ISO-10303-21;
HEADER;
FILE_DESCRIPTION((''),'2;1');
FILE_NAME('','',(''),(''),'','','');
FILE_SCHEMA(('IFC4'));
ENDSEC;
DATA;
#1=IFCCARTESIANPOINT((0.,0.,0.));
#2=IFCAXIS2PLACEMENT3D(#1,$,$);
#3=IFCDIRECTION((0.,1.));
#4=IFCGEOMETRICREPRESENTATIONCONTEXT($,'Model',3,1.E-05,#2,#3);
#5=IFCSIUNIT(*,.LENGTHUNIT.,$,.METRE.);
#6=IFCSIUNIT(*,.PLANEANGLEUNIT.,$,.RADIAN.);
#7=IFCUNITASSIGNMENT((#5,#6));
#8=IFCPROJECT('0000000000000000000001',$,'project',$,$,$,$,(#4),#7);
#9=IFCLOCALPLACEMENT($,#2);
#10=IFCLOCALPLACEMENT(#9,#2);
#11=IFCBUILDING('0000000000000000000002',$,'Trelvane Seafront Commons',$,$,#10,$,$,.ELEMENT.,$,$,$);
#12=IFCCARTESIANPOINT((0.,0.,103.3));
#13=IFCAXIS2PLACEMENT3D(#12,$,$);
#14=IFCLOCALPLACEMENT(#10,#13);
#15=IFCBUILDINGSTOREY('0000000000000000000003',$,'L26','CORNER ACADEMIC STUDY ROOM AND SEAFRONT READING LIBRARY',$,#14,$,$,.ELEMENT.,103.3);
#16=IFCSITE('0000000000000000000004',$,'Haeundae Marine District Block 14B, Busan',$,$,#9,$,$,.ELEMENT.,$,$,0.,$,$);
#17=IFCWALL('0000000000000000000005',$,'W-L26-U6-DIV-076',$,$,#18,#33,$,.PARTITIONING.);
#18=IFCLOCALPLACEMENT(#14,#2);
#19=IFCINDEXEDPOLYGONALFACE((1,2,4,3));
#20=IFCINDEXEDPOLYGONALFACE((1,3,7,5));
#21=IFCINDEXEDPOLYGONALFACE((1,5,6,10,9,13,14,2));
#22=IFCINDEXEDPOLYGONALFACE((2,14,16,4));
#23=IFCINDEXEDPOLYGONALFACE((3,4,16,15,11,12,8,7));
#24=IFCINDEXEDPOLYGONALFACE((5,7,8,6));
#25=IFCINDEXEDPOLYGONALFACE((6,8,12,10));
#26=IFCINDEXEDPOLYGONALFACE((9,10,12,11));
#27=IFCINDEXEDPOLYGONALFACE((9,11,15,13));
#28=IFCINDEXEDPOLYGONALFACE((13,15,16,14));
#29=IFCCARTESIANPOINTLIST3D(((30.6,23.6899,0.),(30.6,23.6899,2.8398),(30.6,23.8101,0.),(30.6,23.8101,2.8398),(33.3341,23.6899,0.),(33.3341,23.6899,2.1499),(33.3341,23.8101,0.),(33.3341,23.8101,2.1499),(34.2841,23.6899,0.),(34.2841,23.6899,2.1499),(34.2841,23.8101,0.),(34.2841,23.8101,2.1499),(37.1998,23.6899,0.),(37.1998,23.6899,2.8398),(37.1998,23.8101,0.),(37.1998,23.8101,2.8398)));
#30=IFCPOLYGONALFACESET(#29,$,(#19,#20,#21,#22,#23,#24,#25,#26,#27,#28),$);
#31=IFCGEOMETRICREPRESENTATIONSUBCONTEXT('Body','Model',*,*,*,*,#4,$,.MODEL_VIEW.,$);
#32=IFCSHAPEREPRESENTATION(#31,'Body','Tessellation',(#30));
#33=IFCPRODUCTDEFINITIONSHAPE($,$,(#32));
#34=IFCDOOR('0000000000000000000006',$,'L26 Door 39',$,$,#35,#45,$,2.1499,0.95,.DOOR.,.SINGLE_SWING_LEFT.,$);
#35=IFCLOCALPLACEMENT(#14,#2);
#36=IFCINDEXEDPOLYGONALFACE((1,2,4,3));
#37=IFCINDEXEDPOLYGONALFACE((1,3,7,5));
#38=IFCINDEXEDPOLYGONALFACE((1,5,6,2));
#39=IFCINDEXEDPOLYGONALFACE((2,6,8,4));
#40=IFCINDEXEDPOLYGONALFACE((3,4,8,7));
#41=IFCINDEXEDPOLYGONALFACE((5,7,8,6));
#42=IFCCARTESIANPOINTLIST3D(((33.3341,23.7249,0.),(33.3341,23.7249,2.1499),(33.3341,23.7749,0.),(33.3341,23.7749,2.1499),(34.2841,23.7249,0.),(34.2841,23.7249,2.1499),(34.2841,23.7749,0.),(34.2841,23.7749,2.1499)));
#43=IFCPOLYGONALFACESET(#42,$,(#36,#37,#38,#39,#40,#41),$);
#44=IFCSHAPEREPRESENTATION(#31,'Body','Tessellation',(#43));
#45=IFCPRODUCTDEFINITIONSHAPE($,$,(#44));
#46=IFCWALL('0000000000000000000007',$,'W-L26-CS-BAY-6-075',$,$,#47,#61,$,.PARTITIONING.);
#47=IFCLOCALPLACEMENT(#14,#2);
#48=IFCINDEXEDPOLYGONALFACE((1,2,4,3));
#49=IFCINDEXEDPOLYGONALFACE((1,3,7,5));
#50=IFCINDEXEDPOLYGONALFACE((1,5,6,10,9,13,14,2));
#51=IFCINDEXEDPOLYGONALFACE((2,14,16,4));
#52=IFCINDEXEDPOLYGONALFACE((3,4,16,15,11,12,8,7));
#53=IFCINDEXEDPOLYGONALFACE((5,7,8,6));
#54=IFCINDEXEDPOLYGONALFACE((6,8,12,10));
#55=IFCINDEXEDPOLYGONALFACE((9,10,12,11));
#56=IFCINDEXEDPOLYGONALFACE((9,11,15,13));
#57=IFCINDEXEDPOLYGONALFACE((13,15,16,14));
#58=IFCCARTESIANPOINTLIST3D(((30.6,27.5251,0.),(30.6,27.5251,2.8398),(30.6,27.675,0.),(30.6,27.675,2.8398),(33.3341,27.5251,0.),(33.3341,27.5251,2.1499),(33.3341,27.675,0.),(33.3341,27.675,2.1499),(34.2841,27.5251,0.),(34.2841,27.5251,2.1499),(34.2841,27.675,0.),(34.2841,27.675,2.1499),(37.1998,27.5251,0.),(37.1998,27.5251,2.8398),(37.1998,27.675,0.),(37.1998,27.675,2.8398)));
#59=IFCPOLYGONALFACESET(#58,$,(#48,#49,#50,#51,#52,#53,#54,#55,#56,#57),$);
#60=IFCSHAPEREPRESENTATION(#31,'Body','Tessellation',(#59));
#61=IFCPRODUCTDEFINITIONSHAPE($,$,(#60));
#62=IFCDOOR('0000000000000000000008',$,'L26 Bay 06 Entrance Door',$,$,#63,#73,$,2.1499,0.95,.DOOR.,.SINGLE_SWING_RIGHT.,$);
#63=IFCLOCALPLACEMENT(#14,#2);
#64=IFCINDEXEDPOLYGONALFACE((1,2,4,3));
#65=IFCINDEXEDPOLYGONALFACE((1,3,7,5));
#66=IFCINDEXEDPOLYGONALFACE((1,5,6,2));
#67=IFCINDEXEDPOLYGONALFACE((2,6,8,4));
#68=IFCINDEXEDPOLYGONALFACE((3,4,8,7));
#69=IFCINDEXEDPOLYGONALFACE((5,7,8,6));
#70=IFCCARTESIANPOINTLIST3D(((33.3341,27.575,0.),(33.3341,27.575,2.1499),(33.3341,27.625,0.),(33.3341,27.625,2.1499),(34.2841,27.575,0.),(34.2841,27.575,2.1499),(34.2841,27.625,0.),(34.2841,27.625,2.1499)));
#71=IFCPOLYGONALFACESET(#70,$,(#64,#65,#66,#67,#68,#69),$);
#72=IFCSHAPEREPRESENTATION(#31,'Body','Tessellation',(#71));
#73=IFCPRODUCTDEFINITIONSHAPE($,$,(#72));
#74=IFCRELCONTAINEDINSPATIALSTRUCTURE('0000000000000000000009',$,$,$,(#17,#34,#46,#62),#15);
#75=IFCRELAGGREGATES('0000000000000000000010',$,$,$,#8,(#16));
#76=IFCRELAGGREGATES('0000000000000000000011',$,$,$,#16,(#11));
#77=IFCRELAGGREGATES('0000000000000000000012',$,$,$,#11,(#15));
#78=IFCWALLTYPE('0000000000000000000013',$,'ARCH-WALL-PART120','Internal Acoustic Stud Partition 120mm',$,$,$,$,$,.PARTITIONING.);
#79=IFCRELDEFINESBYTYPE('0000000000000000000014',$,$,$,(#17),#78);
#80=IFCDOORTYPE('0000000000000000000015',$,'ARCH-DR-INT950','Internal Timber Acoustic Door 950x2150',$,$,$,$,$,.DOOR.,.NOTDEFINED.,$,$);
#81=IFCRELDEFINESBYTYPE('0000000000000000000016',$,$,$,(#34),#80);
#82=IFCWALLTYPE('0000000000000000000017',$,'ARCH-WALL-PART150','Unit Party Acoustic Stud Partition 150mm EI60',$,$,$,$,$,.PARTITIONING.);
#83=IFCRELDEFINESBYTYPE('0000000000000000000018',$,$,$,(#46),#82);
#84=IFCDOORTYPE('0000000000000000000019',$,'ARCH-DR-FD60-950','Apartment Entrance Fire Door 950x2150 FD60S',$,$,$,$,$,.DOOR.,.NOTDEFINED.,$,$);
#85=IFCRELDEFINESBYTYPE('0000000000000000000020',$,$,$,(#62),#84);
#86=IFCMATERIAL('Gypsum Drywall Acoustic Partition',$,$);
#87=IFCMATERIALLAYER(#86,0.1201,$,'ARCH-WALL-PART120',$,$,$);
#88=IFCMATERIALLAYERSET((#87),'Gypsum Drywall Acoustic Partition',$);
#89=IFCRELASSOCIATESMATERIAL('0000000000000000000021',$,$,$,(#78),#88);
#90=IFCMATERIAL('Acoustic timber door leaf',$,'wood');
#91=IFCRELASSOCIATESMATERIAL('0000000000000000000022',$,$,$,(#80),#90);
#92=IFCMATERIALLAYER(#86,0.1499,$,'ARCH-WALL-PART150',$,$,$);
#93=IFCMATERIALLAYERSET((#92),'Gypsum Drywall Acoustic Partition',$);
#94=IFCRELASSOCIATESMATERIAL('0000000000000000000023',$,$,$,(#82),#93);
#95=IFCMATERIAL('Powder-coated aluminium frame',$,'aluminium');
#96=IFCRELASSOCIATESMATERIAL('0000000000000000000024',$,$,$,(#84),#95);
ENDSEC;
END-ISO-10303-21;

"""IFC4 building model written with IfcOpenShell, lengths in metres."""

from ifc_helpers import new_model, si_unit, direction, frame, frame_2d, origin, place, context, subcontext, project, spatial, rectangle, extrude, source, transform, mapped, material, layer, layer_set, type_object, element, fill, save


model = new_model("IFC4")

# Units and contexts
model_context = context("Model", 3, precision=1e-05, world=origin(), true_north=direction((0.0, 1.0)))
body_context = subcontext(model_context, "Body", "Model", "MODEL_VIEW")
ifc_project = project(units=[si_unit("LENGTHUNIT", "METRE"), si_unit("PLANEANGLEUNIT", "RADIAN")], contexts=[model_context])

# Site, building, storey
site_placement = place(None, origin())
site = spatial("IfcSite", under=ifc_project, at=site_placement, Name="Haeundae Marine District Block 14B, Busan", CompositionType="ELEMENT", RefElevation=0.0)
building_placement = place(site_placement, origin())
building = spatial("IfcBuilding", under=site, at=building_placement, Name="Trelvane Seafront Commons", CompositionType="ELEMENT")
storey_placement = place(building_placement, frame((0.0, 0.0, 103.3)))
storey = spatial("IfcBuildingStorey", under=building, at=storey_placement, Name="L26", Description="CORNER ACADEMIC STUDY ROOM AND SEAFRONT READING LIBRARY", CompositionType="ELEMENT", Elevation=103.3)

# Shared definitions
ifc_material_1 = material(Name="Gypsum Drywall Acoustic Partition")
ifc_layer_1 = layer(ifc_material_1, 0.1201, Name="ARCH-WALL-PART120")
ifc_layer_set_1 = layer_set([ifc_layer_1], Name="Gypsum Drywall Acoustic Partition")
wall_type_1 = type_object("IfcWallType", Name="ARCH-WALL-PART120", Description="Internal Acoustic Stud Partition 120mm", PredefinedType="PARTITIONING", material=ifc_layer_set_1)

# Walls, openings, doors
ifc_material_2 = material(Name="Acoustic timber door leaf", Category="wood")
door_type_1 = type_object("IfcDoorType", Name="ARCH-DR-INT950", Description="Internal Timber Acoustic Door 950x2150", OperationType="NOTDEFINED", PredefinedType="DOOR", material=ifc_material_2)
shared_shape_1 = source(origin(), body_context, "Body", "SweptSolid", [
    extrude(rectangle(XDim=0.95, YDim=2.1499, at=frame_2d((0.4751, 1.075))), frame((0.0, 0.0249, 0.0), z_axis=(0.0, -1.0, 0.0), x_axis=(1.0, 0.0, 0.0)), (0.0, 0.0, 1.0), 0.05),
])
wall_1_placement = place(storey_placement, frame((30.6001, 23.75, 0.0), z_axis=(0.0, 0.0, 1.0), x_axis=(1.0, 0.0, 0.0)))
wall_1 = element("IfcWall", 1, at=wall_1_placement, inside=storey, type_object=wall_type_1, Name="W-L26-U6-DIV-076", PredefinedType="PARTITIONING", context=body_context, shape_type="SweptSolid", body=[
    extrude(rectangle(XDim=6.5999, YDim=0.1201, at=frame_2d((3.2998, 0.0))), origin(), (0.0, 0.0, 1.0), 2.8398),
])
opening_1_placement = place(wall_1_placement, frame((2.7339, 0.0, 0.0)))
opening_1 = element("IfcOpeningElement", 2, at=opening_1_placement, cuts=wall_1, PredefinedType="OPENING", context=body_context, shape_type="SweptSolid", body=[
    extrude(rectangle(XDim=0.95, YDim=2.1499, at=frame_2d((0.4751, 1.075))), frame((0.0, 0.0701, 0.0), z_axis=(0.0, -1.0, 0.0), x_axis=(1.0, 0.0, 0.0)), (0.0, 0.0, 1.0), 0.1401),
])
door_1_placement = place(opening_1_placement, origin())
door_1 = element("IfcDoor", 3, at=door_1_placement, inside=storey, type_object=door_type_1, Name="L26 Door 39", OperationType="SINGLE_SWING_LEFT", OverallHeight=2.1499, OverallWidth=0.95, PredefinedType="DOOR", context=body_context, shape_type="MappedRepresentation", body=[
    mapped(shared_shape_1, transform((0.0, 0.0, 0.0), x_axis=(1.0, 0.0, 0.0), y_axis=(0.0, 1.0, 0.0), z_axis=(0.0, 0.0, 1.0), scale=1.0)),
])
fill(opening_1, door_1)
ifc_layer_2 = layer(ifc_material_1, 0.1499, Name="ARCH-WALL-PART150")
ifc_layer_set_2 = layer_set([ifc_layer_2], Name="Gypsum Drywall Acoustic Partition")
wall_type_2 = type_object("IfcWallType", Name="ARCH-WALL-PART150", Description="Unit Party Acoustic Stud Partition 150mm EI60", PredefinedType="PARTITIONING", material=ifc_layer_set_2)
ifc_material_3 = material(Name="Powder-coated aluminium frame", Category="aluminium")
door_type_2 = type_object("IfcDoorType", Name="ARCH-DR-FD60-950", Description="Apartment Entrance Fire Door 950x2150 FD60S", OperationType="NOTDEFINED", PredefinedType="DOOR", material=ifc_material_3)
wall_2_placement = place(storey_placement, frame((30.6001, 27.6001, 0.0), z_axis=(0.0, 0.0, 1.0), x_axis=(1.0, 0.0, 0.0)))
wall_2 = element("IfcWall", 4, at=wall_2_placement, inside=storey, type_object=wall_type_2, Name="W-L26-CS-BAY-6-075", PredefinedType="PARTITIONING", context=body_context, shape_type="SweptSolid", body=[
    extrude(rectangle(XDim=6.5999, YDim=0.1499, at=frame_2d((3.2998, 0.0))), origin(), (0.0, 0.0, 1.0), 2.8398),
])
opening_2_placement = place(wall_2_placement, frame((2.7339, 0.0, 0.0)))
opening_2 = element("IfcOpeningElement", 5, at=opening_2_placement, cuts=wall_2, PredefinedType="OPENING", context=body_context, shape_type="SweptSolid", body=[
    extrude(rectangle(XDim=0.95, YDim=2.1499, at=frame_2d((0.4751, 1.075))), frame((0.0, 0.085, 0.0), z_axis=(0.0, -1.0, 0.0), x_axis=(1.0, 0.0, 0.0)), (0.0, 0.0, 1.0), 0.1699),
])
door_2_placement = place(opening_2_placement, origin())
door_2 = element("IfcDoor", 6, at=door_2_placement, inside=storey, type_object=door_type_2, Name="L26 Bay 06 Entrance Door", OperationType="SINGLE_SWING_RIGHT", OverallHeight=2.1499, OverallWidth=0.95, PredefinedType="DOOR", context=body_context, shape_type="MappedRepresentation", body=[
    mapped(shared_shape_1, transform((0.0, 0.0, 0.0), x_axis=(1.0, 0.0, 0.0), y_axis=(0.0, 1.0, 0.0), z_axis=(0.0, 0.0, 1.0), scale=1.0)),
])
fill(opening_2, door_2)

save(model, "model.ifc")
